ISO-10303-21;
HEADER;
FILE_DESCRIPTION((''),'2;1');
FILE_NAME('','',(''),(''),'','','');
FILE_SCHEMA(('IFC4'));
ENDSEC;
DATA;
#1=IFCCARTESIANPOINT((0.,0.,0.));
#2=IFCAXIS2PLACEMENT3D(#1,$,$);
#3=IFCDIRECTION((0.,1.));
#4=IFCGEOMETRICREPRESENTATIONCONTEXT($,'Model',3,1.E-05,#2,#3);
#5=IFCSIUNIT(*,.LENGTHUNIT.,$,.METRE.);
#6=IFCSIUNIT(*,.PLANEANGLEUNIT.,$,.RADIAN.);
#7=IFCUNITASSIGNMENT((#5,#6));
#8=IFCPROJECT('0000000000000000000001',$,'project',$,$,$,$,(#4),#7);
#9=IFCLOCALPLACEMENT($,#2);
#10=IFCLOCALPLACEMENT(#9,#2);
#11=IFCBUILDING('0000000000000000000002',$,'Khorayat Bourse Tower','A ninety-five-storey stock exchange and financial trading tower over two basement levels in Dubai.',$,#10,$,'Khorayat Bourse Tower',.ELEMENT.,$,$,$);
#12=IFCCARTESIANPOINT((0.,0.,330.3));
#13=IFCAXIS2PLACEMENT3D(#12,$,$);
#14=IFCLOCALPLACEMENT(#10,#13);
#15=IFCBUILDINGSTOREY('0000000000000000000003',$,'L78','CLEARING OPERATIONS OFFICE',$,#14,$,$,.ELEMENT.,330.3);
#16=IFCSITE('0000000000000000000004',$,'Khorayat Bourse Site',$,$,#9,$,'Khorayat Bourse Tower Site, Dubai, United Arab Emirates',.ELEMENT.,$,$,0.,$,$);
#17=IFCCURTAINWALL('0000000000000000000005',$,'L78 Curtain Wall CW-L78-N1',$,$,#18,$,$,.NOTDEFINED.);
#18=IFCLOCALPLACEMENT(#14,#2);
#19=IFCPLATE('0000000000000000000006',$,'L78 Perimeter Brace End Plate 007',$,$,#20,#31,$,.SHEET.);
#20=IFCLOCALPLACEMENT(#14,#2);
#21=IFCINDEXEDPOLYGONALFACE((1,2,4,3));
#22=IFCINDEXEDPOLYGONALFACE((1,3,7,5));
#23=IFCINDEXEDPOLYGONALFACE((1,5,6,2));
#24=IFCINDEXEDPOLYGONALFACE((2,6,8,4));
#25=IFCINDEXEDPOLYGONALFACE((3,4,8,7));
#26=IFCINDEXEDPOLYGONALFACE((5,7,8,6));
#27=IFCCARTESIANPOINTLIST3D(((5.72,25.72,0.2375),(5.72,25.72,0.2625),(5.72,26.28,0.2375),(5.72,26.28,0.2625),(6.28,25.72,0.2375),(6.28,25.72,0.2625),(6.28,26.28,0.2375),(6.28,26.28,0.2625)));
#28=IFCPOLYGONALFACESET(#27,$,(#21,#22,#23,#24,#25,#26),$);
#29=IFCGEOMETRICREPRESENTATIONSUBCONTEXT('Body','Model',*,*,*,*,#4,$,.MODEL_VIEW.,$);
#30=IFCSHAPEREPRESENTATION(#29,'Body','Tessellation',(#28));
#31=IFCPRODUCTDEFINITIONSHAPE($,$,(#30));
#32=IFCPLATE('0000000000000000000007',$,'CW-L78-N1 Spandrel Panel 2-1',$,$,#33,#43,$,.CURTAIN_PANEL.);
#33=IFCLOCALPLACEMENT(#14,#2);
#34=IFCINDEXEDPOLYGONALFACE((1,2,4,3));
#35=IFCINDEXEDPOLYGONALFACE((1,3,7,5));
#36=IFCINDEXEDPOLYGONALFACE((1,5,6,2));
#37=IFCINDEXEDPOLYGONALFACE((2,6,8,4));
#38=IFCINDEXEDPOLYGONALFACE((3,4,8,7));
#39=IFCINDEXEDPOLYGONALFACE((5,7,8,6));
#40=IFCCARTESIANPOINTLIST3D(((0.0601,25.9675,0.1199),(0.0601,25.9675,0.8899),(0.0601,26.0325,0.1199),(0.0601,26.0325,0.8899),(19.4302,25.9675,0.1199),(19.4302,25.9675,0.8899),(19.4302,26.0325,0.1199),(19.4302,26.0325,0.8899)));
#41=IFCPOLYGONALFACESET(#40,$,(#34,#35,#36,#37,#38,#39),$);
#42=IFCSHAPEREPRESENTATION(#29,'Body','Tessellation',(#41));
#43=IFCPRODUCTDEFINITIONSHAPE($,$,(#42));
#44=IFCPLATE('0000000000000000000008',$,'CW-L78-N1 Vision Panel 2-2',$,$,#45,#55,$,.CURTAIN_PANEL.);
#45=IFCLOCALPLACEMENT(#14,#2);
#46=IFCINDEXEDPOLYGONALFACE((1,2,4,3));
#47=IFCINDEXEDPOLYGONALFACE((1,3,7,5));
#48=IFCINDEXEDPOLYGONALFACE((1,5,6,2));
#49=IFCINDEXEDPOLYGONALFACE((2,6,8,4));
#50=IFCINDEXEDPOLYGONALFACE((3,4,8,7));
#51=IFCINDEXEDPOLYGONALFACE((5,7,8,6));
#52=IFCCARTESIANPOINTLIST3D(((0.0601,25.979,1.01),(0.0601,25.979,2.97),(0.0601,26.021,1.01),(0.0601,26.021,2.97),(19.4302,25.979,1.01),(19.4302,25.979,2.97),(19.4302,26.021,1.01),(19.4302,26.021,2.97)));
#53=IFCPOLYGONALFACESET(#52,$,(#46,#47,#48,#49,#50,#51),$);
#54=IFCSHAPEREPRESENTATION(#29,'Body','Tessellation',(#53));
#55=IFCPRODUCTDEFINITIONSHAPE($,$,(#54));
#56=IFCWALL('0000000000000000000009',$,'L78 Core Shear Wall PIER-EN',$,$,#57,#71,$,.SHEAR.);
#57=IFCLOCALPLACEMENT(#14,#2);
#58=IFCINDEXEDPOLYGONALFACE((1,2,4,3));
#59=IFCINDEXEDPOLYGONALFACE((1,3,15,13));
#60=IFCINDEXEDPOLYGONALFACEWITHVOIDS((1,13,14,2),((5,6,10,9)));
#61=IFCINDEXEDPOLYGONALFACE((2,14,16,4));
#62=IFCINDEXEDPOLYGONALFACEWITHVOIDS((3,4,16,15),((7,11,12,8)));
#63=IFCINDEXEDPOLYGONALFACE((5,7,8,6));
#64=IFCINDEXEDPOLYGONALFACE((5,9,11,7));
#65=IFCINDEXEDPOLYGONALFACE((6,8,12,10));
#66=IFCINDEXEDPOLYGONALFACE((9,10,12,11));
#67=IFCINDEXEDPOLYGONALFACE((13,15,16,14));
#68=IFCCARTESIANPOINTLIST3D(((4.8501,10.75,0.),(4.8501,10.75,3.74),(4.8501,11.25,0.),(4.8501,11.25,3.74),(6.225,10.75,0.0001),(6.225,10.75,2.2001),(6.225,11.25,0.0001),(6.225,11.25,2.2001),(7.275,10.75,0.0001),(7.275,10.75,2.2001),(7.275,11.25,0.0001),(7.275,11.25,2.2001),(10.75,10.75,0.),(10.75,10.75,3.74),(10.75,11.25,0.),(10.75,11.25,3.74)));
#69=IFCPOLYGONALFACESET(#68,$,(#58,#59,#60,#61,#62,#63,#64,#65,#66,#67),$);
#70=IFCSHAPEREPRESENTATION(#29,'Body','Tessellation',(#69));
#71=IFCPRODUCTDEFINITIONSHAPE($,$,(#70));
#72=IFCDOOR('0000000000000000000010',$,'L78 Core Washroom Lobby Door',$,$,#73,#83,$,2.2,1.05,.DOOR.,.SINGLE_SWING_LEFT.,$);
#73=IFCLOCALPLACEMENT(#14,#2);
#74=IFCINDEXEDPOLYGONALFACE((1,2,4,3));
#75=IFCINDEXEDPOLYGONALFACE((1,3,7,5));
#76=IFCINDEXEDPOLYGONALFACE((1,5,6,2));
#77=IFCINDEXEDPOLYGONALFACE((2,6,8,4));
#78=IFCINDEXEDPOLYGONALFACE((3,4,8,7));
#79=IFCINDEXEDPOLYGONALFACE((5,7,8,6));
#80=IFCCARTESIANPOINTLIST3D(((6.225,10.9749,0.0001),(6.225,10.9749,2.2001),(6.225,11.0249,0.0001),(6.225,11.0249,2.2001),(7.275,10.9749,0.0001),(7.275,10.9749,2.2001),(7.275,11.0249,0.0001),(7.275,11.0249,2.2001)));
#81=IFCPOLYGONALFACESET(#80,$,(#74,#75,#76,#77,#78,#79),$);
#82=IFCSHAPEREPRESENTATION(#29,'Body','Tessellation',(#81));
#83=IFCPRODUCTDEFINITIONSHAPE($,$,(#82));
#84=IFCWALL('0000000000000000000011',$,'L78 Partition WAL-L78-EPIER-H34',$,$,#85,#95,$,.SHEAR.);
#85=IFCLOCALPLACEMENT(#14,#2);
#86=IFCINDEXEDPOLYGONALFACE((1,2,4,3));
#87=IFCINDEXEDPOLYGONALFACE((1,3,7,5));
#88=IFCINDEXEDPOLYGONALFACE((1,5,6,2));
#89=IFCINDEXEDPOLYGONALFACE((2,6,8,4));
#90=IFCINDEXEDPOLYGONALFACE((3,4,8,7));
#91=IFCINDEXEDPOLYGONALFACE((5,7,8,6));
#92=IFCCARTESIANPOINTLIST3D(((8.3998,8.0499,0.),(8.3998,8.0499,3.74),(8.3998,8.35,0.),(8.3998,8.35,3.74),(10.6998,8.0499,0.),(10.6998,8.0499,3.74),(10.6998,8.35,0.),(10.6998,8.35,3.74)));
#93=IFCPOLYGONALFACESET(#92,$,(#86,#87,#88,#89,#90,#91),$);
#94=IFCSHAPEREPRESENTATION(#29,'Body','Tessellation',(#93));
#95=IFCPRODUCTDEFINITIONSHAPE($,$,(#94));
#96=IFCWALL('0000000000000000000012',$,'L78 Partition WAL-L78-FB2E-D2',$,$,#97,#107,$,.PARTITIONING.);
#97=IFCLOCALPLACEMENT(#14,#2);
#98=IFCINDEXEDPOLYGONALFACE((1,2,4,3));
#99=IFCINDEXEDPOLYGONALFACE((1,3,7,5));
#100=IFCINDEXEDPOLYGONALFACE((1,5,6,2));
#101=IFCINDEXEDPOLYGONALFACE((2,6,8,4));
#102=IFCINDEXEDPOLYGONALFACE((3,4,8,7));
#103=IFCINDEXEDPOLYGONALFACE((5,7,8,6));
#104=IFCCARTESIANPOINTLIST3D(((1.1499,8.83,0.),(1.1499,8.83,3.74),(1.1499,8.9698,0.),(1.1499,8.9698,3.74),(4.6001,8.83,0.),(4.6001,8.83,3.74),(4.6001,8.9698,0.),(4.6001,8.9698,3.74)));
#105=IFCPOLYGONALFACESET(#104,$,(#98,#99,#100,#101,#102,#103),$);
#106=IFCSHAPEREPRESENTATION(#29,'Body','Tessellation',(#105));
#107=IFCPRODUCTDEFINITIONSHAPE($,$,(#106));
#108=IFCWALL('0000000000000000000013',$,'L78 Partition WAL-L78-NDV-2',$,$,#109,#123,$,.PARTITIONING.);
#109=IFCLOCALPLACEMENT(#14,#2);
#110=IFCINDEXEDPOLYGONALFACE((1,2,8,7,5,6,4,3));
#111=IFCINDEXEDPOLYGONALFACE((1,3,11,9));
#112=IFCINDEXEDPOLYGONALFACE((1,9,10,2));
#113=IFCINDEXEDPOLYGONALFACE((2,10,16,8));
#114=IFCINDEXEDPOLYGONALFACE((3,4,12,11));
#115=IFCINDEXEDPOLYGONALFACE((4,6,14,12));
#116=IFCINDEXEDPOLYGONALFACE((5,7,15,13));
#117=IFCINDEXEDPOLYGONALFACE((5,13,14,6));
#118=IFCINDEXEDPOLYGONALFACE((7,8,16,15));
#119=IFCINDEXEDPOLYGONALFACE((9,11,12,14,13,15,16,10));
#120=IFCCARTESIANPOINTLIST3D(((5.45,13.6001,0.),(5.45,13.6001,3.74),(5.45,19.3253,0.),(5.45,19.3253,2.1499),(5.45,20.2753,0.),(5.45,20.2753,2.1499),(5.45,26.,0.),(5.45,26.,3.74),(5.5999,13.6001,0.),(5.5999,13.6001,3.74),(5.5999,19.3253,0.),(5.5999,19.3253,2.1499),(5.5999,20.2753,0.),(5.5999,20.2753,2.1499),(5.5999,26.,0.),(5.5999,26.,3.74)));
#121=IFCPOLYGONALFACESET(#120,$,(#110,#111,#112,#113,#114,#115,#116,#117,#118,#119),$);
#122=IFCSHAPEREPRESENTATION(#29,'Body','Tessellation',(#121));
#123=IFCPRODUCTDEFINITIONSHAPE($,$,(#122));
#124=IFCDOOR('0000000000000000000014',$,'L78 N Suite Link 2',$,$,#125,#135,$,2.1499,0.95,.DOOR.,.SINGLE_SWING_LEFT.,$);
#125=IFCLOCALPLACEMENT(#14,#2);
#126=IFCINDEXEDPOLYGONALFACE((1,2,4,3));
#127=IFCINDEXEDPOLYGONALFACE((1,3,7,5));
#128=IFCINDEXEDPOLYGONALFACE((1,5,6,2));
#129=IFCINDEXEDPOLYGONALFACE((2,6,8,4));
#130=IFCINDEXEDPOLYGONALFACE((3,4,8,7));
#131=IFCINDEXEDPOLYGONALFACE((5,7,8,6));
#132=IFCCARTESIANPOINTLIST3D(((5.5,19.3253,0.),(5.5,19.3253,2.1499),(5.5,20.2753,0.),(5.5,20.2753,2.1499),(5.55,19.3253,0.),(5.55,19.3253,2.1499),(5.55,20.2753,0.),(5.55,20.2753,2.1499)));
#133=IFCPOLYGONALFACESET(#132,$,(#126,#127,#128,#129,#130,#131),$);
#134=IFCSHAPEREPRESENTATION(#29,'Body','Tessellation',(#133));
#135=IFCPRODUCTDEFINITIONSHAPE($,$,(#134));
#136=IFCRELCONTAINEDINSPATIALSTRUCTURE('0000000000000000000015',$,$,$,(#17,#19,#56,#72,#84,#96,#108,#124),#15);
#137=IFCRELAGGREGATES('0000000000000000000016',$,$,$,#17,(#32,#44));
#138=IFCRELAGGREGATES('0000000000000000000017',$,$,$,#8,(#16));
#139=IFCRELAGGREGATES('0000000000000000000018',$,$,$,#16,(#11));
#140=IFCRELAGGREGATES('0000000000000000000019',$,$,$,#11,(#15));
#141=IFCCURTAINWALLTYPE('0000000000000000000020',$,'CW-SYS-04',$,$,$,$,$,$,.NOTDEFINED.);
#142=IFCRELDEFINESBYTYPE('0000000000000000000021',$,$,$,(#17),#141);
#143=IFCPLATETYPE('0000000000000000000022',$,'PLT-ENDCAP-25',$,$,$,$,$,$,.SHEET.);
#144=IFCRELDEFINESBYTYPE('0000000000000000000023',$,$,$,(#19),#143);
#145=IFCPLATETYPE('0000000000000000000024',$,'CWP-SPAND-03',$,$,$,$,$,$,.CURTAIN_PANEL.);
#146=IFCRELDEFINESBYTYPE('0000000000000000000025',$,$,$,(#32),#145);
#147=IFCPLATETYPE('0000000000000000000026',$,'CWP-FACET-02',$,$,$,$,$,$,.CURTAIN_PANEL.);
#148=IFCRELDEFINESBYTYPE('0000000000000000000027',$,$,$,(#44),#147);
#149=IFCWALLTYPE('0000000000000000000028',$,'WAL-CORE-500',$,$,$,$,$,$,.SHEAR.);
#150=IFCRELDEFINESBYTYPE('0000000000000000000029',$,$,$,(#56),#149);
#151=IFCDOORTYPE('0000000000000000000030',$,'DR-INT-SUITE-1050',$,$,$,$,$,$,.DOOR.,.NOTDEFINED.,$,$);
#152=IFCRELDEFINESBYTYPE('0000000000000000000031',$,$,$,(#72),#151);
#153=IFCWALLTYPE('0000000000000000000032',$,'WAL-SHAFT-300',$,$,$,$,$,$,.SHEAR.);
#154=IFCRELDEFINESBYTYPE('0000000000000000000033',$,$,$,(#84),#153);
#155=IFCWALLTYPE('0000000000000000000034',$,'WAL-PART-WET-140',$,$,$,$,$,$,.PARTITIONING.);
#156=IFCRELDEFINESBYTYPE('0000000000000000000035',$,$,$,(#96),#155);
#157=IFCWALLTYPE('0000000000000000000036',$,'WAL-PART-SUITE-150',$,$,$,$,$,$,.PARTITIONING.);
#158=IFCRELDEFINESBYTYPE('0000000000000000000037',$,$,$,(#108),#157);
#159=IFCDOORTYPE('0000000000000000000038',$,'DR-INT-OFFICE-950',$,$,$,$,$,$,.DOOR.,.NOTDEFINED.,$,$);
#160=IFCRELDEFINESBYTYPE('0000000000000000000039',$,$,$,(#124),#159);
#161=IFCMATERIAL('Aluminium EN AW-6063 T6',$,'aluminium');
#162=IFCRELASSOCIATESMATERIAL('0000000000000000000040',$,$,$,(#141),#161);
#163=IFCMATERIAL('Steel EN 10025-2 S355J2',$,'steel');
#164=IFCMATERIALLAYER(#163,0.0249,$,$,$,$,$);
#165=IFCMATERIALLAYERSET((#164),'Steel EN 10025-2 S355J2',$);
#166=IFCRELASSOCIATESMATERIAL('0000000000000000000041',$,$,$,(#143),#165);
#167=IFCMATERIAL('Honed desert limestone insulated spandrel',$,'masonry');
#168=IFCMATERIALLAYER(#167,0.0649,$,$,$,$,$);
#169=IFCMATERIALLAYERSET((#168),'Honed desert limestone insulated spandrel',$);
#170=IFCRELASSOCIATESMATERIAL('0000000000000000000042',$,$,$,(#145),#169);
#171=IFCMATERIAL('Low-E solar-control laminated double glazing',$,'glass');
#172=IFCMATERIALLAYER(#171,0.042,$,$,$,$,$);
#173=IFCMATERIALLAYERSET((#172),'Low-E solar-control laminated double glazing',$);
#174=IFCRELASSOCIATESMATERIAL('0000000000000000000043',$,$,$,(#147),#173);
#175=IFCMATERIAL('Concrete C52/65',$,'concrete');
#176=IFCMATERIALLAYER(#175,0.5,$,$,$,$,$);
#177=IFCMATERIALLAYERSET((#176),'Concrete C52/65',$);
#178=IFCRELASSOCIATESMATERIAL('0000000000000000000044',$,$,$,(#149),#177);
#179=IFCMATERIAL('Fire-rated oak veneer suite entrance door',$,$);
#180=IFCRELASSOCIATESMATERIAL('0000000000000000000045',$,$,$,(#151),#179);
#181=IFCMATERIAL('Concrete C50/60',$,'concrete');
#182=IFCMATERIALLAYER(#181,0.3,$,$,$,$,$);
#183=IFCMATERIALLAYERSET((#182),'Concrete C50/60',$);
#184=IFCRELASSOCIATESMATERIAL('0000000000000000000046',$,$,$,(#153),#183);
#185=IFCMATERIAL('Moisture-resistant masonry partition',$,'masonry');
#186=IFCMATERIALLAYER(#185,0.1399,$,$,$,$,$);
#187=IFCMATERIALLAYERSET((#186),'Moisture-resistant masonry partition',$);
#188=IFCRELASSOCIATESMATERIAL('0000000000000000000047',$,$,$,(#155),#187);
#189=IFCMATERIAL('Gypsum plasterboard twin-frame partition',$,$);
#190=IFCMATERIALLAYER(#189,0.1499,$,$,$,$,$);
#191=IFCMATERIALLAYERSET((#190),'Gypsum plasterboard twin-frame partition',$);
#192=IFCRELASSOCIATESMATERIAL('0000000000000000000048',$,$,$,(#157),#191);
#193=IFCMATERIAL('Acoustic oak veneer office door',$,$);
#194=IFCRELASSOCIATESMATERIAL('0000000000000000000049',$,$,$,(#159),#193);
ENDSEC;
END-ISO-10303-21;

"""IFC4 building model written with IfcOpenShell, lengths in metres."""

from ifc_helpers import new_model, si_unit, direction, frame, frame_2d, origin, origin_2d, place, context, subcontext, project, spatial, rectangle, extrude, source, transform, mapped, material, layer, layer_set, type_object, element, fill, aggregate, save


model = new_model("IFC4")

# Units and contexts
model_context = context("Model", 3, precision=1e-05, world=origin(), true_north=direction((0.0, 1.0)))
body_context = subcontext(model_context, "Body", "Model", "MODEL_VIEW")
ifc_project = project(units=[si_unit("LENGTHUNIT", "METRE"), si_unit("PLANEANGLEUNIT", "RADIAN")], contexts=[model_context])

# Site, building, storey
site_placement = place(None, origin())
site = spatial("IfcSite", under=ifc_project, at=site_placement, Name="Khorayat Bourse Site", LongName="Khorayat Bourse Tower Site, Dubai, United Arab Emirates", CompositionType="ELEMENT", RefElevation=0.0)
building_placement = place(site_placement, origin())
building = spatial("IfcBuilding", under=site, at=building_placement, Name="Khorayat Bourse Tower", Description="A ninety-five-storey stock exchange and financial trading tower over two basement levels in Dubai.", LongName="Khorayat Bourse Tower", CompositionType="ELEMENT")
storey_placement = place(building_placement, frame((0.0, 0.0, 330.3)))
storey = spatial("IfcBuildingStorey", under=building, at=storey_placement, Name="L78", Description="CLEARING OPERATIONS OFFICE", CompositionType="ELEMENT", Elevation=330.3)

# Shared definitions
ifc_material_1 = material(Name="Concrete C52/65", Category="concrete")
ifc_material_2 = material(Name="Steel EN 10025-2 S355J2", Category="steel")

# Curtain wall
ifc_material_3 = material(Name="Aluminium EN AW-6063 T6", Category="aluminium")
curtain_wall_type = type_object("IfcCurtainWallType", Name="CW-SYS-04", PredefinedType="NOTDEFINED", material=ifc_material_3)
curtain_wall_placement = place(storey_placement, origin())
curtain_wall = element("IfcCurtainWall", 1, at=curtain_wall_placement, inside=storey, type_object=curtain_wall_type, Name="L78 Curtain Wall CW-L78-N1", PredefinedType="NOTDEFINED")

# Plates
ifc_layer_1 = layer(ifc_material_2, 0.0249)
ifc_layer_set_1 = layer_set([ifc_layer_1], Name="Steel EN 10025-2 S355J2")
plate_type_1 = type_object("IfcPlateType", Name="PLT-ENDCAP-25", PredefinedType="SHEET", material=ifc_layer_set_1)
shared_shape_1 = source(origin(), body_context, "Body", "SweptSolid", [
    extrude(rectangle(XDim=0.5601, YDim=0.5601, at=origin_2d()), origin(), (0.0, 0.0, 1.0), 0.0249),
])
plate_1_placement = place(storey_placement, frame((6.0, 26.0, 0.2375), z_axis=(0.0, 0.0, 1.0), x_axis=(1.0, 0.0, 0.0)))
element("IfcPlate", 2, at=plate_1_placement, inside=storey, type_object=plate_type_1, Name="L78 Perimeter Brace End Plate 007", PredefinedType="SHEET", context=body_context, shape_type="MappedRepresentation", body=[
    mapped(shared_shape_1, transform((0.0, 0.0, 0.0), scale=1.0)),
])
ifc_material_4 = material(Name="Honed desert limestone insulated spandrel", Category="masonry")
ifc_layer_2 = layer(ifc_material_4, 0.0649)
ifc_layer_set_2 = layer_set([ifc_layer_2], Name="Honed desert limestone insulated spandrel")
plate_type_2 = type_object("IfcPlateType", Name="CWP-SPAND-03", PredefinedType="CURTAIN_PANEL", material=ifc_layer_set_2)
shared_shape_2 = source(origin(), body_context, "Body", "SweptSolid", [
    extrude(rectangle(XDim=19.3701, YDim=0.0649, at=origin_2d()), origin(), (0.0, 0.0, 1.0), 0.77),
])
plate_2_placement = place(storey_placement, frame((9.7451, 26.0, 0.1199), z_axis=(0.0, 0.0, 1.0), x_axis=(1.0, 0.0, 0.0)))
plate_2 = element("IfcPlate", 3, at=plate_2_placement, type_object=plate_type_2, Name="CW-L78-N1 Spandrel Panel 2-1", PredefinedType="CURTAIN_PANEL", context=body_context, shape_type="MappedRepresentation", body=[
    mapped(shared_shape_2, transform((0.0, 0.0, 0.0), scale=1.0)),
])
ifc_material_5 = material(Name="Low-E solar-control laminated double glazing", Category="glass")
ifc_layer_3 = layer(ifc_material_5, 0.042)
ifc_layer_set_3 = layer_set([ifc_layer_3], Name="Low-E solar-control laminated double glazing")
plate_type_3 = type_object("IfcPlateType", Name="CWP-FACET-02", PredefinedType="CURTAIN_PANEL", material=ifc_layer_set_3)
shared_shape_3 = source(origin(), body_context, "Body", "SweptSolid", [
    extrude(rectangle(XDim=19.3701, YDim=0.042, at=origin_2d()), origin(), (0.0, 0.0, 1.0), 1.96),
])
plate_3_placement = place(storey_placement, frame((9.7451, 26.0, 1.01), z_axis=(0.0, 0.0, 1.0), x_axis=(1.0, 0.0, 0.0)))
plate_3 = element("IfcPlate", 4, at=plate_3_placement, type_object=plate_type_3, Name="CW-L78-N1 Vision Panel 2-2", PredefinedType="CURTAIN_PANEL", context=body_context, shape_type="MappedRepresentation", body=[
    mapped(shared_shape_3, transform((0.0, 0.0, 0.0), scale=1.0)),
])
aggregate(curtain_wall, [plate_2, plate_3])

# Wall, opening, door
ifc_layer_4 = layer(ifc_material_1, 0.5)
ifc_layer_set_4 = layer_set([ifc_layer_4], Name="Concrete C52/65")
wall_type_1 = type_object("IfcWallType", Name="WAL-CORE-500", PredefinedType="SHEAR", material=ifc_layer_set_4)
shared_shape_4 = source(origin(), body_context, "Body", "SweptSolid", [
    extrude(rectangle(XDim=5.8999, YDim=0.5, at=frame_2d((2.95, 0.0))), origin(), (0.0, 0.0, 1.0), 3.74),
])
wall_1_placement = place(storey_placement, frame((4.8501, 11.0, 0.0), z_axis=(0.0, 0.0, 1.0), x_axis=(1.0, 0.0, 0.0)))
wall_1 = element("IfcWall", 5, at=wall_1_placement, inside=storey, type_object=wall_type_1, Name="L78 Core Shear Wall PIER-EN", PredefinedType="SHEAR", context=body_context, shape_type="MappedRepresentation", body=[
    mapped(shared_shape_4, transform((0.0, 0.0, 0.0), scale=1.0)),
])
shared_shape_5 = source(origin(), body_context, "Body", "SweptSolid", [
    extrude(rectangle(XDim=1.05, YDim=2.2, at=frame_2d((0.5249, 1.1001))), frame((0.0, 0.26, 0.0), z_axis=(0.0, -1.0, 0.0), x_axis=(1.0, 0.0, 0.0)), (0.0, 0.0, 1.0), 0.52),
])
opening_1_placement = place(wall_1_placement, frame((1.375, 0.0, 0.0)))
opening_1 = element("IfcOpeningElement", 6, at=opening_1_placement, cuts=wall_1, PredefinedType="OPENING", context=body_context, shape_type="MappedRepresentation", body=[
    mapped(shared_shape_5, transform((0.0, 0.0, 0.0), scale=1.0)),
])
ifc_material_6 = material(Name="Fire-rated oak veneer suite entrance door")
door_type_1 = type_object("IfcDoorType", Name="DR-INT-SUITE-1050", OperationType="NOTDEFINED", PredefinedType="DOOR", material=ifc_material_6)
shared_shape_6 = source(origin(), body_context, "Body", "SweptSolid", [
    extrude(rectangle(XDim=1.05, YDim=2.2, at=frame_2d((0.5249, 1.1001))), frame((0.0, 0.0249, 0.0), z_axis=(0.0, -1.0, 0.0), x_axis=(1.0, 0.0, 0.0)), (0.0, 0.0, 1.0), 0.05),
])
door_1_placement = place(opening_1_placement, origin())
door_1 = element("IfcDoor", 7, at=door_1_placement, inside=storey, type_object=door_type_1, Name="L78 Core Washroom Lobby Door", OperationType="SINGLE_SWING_LEFT", OverallHeight=2.2, OverallWidth=1.05, PredefinedType="DOOR", context=body_context, shape_type="MappedRepresentation", body=[
    mapped(shared_shape_6, transform((0.0, 0.0, 0.0), scale=1.0)),
])
fill(opening_1, door_1)

# Wall
ifc_material_7 = material(Name="Concrete C50/60", Category="concrete")
ifc_layer_5 = layer(ifc_material_7, 0.3)
ifc_layer_set_5 = layer_set([ifc_layer_5], Name="Concrete C50/60")
wall_type_2 = type_object("IfcWallType", Name="WAL-SHAFT-300", PredefinedType="SHEAR", material=ifc_layer_set_5)
shared_shape_7 = source(origin(), body_context, "Body", "SweptSolid", [
    extrude(rectangle(XDim=2.3, YDim=0.3, at=frame_2d((1.1499, 0.0))), origin(), (0.0, 0.0, 1.0), 3.74),
])
wall_2_placement = place(storey_placement, frame((8.3999, 8.2, 0.0), z_axis=(0.0, 0.0, 1.0), x_axis=(1.0, 0.0, 0.0)))
element("IfcWall", 8, at=wall_2_placement, inside=storey, type_object=wall_type_2, Name="L78 Partition WAL-L78-EPIER-H34", PredefinedType="SHEAR", context=body_context, shape_type="MappedRepresentation", body=[
    mapped(shared_shape_7, transform((0.0, 0.0, 0.0), scale=1.0)),
])

# Shared definitions
ifc_material_8 = material(Name="Moisture-resistant masonry partition", Category="masonry")
ifc_layer_6 = layer(ifc_material_8, 0.1399)
ifc_layer_set_6 = layer_set([ifc_layer_6], Name="Moisture-resistant masonry partition")
wall_type_3 = type_object("IfcWallType", Name="WAL-PART-WET-140", PredefinedType="PARTITIONING", material=ifc_layer_set_6)

# Wall
shared_shape_8 = source(origin(), body_context, "Body", "SweptSolid", [
    extrude(rectangle(XDim=3.4502, YDim=0.1399, at=frame_2d((1.7251, 0.0))), origin(), (0.0, 0.0, 1.0), 3.74),
])
wall_3_placement = place(storey_placement, frame((1.1499, 8.8999, 0.0), z_axis=(0.0, 0.0, 1.0), x_axis=(1.0, 0.0, 0.0)))
element("IfcWall", 9, at=wall_3_placement, inside=storey, type_object=wall_type_3, Name="L78 Partition WAL-L78-FB2E-D2", PredefinedType="PARTITIONING", context=body_context, shape_type="MappedRepresentation", body=[
    mapped(shared_shape_8, transform((0.0, 0.0, 0.0), scale=1.0)),
])

# Wall, opening, door
ifc_material_9 = material(Name="Gypsum plasterboard twin-frame partition")
ifc_layer_7 = layer(ifc_material_9, 0.1499)
ifc_layer_set_7 = layer_set([ifc_layer_7], Name="Gypsum plasterboard twin-frame partition")
wall_type_4 = type_object("IfcWallType", Name="WAL-PART-SUITE-150", PredefinedType="PARTITIONING", material=ifc_layer_set_7)
shared_shape_9 = source(origin(), body_context, "Body", "SweptSolid", [
    extrude(rectangle(XDim=12.3999, YDim=0.1499, at=frame_2d((6.2, 0.0))), origin(), (0.0, 0.0, 1.0), 3.74),
])
wall_4_placement = place(storey_placement, frame((5.5249, 13.6001, 0.0), z_axis=(0.0, 0.0, 1.0), x_axis=(0.0, 1.0, 0.0)))
wall_4 = element("IfcWall", 10, at=wall_4_placement, inside=storey, type_object=wall_type_4, Name="L78 Partition WAL-L78-NDV-2", PredefinedType="PARTITIONING", context=body_context, shape_type="MappedRepresentation", body=[
    mapped(shared_shape_9, transform((0.0, 0.0, 0.0), scale=1.0)),
])
shared_shape_10 = source(origin(), body_context, "Body", "SweptSolid", [
    extrude(rectangle(XDim=0.95, YDim=2.1499, at=frame_2d((0.4751, 1.075))), frame((0.0, 0.085, 0.0), z_axis=(0.0, -1.0, 0.0), x_axis=(1.0, 0.0, 0.0)), (0.0, 0.0, 1.0), 0.1699),
])
opening_2_placement = place(wall_4_placement, frame((5.7251, 0.0, 0.0)))
opening_2 = element("IfcOpeningElement", 11, at=opening_2_placement, cuts=wall_4, PredefinedType="OPENING", context=body_context, shape_type="MappedRepresentation", body=[
    mapped(shared_shape_10, transform((0.0, 0.0, 0.0), scale=1.0)),
])
ifc_material_10 = material(Name="Acoustic oak veneer office door")
door_type_2 = type_object("IfcDoorType", Name="DR-INT-OFFICE-950", OperationType="NOTDEFINED", PredefinedType="DOOR", material=ifc_material_10)
shared_shape_11 = source(origin(), body_context, "Body", "SweptSolid", [
    extrude(rectangle(XDim=0.95, YDim=2.1499, at=frame_2d((0.4751, 1.075))), frame((0.0, 0.0249, 0.0), z_axis=(0.0, -1.0, 0.0), x_axis=(1.0, 0.0, 0.0)), (0.0, 0.0, 1.0), 0.05),
])
door_2_placement = place(opening_2_placement, origin())
door_2 = element("IfcDoor", 12, at=door_2_placement, inside=storey, type_object=door_type_2, Name="L78 N Suite Link 2", OperationType="SINGLE_SWING_LEFT", OverallHeight=2.1499, OverallWidth=0.95, PredefinedType="DOOR", context=body_context, shape_type="MappedRepresentation", body=[
    mapped(shared_shape_11, transform((0.0, 0.0, 0.0), scale=1.0)),
])
fill(opening_2, door_2)

save(model, "model.ifc")
